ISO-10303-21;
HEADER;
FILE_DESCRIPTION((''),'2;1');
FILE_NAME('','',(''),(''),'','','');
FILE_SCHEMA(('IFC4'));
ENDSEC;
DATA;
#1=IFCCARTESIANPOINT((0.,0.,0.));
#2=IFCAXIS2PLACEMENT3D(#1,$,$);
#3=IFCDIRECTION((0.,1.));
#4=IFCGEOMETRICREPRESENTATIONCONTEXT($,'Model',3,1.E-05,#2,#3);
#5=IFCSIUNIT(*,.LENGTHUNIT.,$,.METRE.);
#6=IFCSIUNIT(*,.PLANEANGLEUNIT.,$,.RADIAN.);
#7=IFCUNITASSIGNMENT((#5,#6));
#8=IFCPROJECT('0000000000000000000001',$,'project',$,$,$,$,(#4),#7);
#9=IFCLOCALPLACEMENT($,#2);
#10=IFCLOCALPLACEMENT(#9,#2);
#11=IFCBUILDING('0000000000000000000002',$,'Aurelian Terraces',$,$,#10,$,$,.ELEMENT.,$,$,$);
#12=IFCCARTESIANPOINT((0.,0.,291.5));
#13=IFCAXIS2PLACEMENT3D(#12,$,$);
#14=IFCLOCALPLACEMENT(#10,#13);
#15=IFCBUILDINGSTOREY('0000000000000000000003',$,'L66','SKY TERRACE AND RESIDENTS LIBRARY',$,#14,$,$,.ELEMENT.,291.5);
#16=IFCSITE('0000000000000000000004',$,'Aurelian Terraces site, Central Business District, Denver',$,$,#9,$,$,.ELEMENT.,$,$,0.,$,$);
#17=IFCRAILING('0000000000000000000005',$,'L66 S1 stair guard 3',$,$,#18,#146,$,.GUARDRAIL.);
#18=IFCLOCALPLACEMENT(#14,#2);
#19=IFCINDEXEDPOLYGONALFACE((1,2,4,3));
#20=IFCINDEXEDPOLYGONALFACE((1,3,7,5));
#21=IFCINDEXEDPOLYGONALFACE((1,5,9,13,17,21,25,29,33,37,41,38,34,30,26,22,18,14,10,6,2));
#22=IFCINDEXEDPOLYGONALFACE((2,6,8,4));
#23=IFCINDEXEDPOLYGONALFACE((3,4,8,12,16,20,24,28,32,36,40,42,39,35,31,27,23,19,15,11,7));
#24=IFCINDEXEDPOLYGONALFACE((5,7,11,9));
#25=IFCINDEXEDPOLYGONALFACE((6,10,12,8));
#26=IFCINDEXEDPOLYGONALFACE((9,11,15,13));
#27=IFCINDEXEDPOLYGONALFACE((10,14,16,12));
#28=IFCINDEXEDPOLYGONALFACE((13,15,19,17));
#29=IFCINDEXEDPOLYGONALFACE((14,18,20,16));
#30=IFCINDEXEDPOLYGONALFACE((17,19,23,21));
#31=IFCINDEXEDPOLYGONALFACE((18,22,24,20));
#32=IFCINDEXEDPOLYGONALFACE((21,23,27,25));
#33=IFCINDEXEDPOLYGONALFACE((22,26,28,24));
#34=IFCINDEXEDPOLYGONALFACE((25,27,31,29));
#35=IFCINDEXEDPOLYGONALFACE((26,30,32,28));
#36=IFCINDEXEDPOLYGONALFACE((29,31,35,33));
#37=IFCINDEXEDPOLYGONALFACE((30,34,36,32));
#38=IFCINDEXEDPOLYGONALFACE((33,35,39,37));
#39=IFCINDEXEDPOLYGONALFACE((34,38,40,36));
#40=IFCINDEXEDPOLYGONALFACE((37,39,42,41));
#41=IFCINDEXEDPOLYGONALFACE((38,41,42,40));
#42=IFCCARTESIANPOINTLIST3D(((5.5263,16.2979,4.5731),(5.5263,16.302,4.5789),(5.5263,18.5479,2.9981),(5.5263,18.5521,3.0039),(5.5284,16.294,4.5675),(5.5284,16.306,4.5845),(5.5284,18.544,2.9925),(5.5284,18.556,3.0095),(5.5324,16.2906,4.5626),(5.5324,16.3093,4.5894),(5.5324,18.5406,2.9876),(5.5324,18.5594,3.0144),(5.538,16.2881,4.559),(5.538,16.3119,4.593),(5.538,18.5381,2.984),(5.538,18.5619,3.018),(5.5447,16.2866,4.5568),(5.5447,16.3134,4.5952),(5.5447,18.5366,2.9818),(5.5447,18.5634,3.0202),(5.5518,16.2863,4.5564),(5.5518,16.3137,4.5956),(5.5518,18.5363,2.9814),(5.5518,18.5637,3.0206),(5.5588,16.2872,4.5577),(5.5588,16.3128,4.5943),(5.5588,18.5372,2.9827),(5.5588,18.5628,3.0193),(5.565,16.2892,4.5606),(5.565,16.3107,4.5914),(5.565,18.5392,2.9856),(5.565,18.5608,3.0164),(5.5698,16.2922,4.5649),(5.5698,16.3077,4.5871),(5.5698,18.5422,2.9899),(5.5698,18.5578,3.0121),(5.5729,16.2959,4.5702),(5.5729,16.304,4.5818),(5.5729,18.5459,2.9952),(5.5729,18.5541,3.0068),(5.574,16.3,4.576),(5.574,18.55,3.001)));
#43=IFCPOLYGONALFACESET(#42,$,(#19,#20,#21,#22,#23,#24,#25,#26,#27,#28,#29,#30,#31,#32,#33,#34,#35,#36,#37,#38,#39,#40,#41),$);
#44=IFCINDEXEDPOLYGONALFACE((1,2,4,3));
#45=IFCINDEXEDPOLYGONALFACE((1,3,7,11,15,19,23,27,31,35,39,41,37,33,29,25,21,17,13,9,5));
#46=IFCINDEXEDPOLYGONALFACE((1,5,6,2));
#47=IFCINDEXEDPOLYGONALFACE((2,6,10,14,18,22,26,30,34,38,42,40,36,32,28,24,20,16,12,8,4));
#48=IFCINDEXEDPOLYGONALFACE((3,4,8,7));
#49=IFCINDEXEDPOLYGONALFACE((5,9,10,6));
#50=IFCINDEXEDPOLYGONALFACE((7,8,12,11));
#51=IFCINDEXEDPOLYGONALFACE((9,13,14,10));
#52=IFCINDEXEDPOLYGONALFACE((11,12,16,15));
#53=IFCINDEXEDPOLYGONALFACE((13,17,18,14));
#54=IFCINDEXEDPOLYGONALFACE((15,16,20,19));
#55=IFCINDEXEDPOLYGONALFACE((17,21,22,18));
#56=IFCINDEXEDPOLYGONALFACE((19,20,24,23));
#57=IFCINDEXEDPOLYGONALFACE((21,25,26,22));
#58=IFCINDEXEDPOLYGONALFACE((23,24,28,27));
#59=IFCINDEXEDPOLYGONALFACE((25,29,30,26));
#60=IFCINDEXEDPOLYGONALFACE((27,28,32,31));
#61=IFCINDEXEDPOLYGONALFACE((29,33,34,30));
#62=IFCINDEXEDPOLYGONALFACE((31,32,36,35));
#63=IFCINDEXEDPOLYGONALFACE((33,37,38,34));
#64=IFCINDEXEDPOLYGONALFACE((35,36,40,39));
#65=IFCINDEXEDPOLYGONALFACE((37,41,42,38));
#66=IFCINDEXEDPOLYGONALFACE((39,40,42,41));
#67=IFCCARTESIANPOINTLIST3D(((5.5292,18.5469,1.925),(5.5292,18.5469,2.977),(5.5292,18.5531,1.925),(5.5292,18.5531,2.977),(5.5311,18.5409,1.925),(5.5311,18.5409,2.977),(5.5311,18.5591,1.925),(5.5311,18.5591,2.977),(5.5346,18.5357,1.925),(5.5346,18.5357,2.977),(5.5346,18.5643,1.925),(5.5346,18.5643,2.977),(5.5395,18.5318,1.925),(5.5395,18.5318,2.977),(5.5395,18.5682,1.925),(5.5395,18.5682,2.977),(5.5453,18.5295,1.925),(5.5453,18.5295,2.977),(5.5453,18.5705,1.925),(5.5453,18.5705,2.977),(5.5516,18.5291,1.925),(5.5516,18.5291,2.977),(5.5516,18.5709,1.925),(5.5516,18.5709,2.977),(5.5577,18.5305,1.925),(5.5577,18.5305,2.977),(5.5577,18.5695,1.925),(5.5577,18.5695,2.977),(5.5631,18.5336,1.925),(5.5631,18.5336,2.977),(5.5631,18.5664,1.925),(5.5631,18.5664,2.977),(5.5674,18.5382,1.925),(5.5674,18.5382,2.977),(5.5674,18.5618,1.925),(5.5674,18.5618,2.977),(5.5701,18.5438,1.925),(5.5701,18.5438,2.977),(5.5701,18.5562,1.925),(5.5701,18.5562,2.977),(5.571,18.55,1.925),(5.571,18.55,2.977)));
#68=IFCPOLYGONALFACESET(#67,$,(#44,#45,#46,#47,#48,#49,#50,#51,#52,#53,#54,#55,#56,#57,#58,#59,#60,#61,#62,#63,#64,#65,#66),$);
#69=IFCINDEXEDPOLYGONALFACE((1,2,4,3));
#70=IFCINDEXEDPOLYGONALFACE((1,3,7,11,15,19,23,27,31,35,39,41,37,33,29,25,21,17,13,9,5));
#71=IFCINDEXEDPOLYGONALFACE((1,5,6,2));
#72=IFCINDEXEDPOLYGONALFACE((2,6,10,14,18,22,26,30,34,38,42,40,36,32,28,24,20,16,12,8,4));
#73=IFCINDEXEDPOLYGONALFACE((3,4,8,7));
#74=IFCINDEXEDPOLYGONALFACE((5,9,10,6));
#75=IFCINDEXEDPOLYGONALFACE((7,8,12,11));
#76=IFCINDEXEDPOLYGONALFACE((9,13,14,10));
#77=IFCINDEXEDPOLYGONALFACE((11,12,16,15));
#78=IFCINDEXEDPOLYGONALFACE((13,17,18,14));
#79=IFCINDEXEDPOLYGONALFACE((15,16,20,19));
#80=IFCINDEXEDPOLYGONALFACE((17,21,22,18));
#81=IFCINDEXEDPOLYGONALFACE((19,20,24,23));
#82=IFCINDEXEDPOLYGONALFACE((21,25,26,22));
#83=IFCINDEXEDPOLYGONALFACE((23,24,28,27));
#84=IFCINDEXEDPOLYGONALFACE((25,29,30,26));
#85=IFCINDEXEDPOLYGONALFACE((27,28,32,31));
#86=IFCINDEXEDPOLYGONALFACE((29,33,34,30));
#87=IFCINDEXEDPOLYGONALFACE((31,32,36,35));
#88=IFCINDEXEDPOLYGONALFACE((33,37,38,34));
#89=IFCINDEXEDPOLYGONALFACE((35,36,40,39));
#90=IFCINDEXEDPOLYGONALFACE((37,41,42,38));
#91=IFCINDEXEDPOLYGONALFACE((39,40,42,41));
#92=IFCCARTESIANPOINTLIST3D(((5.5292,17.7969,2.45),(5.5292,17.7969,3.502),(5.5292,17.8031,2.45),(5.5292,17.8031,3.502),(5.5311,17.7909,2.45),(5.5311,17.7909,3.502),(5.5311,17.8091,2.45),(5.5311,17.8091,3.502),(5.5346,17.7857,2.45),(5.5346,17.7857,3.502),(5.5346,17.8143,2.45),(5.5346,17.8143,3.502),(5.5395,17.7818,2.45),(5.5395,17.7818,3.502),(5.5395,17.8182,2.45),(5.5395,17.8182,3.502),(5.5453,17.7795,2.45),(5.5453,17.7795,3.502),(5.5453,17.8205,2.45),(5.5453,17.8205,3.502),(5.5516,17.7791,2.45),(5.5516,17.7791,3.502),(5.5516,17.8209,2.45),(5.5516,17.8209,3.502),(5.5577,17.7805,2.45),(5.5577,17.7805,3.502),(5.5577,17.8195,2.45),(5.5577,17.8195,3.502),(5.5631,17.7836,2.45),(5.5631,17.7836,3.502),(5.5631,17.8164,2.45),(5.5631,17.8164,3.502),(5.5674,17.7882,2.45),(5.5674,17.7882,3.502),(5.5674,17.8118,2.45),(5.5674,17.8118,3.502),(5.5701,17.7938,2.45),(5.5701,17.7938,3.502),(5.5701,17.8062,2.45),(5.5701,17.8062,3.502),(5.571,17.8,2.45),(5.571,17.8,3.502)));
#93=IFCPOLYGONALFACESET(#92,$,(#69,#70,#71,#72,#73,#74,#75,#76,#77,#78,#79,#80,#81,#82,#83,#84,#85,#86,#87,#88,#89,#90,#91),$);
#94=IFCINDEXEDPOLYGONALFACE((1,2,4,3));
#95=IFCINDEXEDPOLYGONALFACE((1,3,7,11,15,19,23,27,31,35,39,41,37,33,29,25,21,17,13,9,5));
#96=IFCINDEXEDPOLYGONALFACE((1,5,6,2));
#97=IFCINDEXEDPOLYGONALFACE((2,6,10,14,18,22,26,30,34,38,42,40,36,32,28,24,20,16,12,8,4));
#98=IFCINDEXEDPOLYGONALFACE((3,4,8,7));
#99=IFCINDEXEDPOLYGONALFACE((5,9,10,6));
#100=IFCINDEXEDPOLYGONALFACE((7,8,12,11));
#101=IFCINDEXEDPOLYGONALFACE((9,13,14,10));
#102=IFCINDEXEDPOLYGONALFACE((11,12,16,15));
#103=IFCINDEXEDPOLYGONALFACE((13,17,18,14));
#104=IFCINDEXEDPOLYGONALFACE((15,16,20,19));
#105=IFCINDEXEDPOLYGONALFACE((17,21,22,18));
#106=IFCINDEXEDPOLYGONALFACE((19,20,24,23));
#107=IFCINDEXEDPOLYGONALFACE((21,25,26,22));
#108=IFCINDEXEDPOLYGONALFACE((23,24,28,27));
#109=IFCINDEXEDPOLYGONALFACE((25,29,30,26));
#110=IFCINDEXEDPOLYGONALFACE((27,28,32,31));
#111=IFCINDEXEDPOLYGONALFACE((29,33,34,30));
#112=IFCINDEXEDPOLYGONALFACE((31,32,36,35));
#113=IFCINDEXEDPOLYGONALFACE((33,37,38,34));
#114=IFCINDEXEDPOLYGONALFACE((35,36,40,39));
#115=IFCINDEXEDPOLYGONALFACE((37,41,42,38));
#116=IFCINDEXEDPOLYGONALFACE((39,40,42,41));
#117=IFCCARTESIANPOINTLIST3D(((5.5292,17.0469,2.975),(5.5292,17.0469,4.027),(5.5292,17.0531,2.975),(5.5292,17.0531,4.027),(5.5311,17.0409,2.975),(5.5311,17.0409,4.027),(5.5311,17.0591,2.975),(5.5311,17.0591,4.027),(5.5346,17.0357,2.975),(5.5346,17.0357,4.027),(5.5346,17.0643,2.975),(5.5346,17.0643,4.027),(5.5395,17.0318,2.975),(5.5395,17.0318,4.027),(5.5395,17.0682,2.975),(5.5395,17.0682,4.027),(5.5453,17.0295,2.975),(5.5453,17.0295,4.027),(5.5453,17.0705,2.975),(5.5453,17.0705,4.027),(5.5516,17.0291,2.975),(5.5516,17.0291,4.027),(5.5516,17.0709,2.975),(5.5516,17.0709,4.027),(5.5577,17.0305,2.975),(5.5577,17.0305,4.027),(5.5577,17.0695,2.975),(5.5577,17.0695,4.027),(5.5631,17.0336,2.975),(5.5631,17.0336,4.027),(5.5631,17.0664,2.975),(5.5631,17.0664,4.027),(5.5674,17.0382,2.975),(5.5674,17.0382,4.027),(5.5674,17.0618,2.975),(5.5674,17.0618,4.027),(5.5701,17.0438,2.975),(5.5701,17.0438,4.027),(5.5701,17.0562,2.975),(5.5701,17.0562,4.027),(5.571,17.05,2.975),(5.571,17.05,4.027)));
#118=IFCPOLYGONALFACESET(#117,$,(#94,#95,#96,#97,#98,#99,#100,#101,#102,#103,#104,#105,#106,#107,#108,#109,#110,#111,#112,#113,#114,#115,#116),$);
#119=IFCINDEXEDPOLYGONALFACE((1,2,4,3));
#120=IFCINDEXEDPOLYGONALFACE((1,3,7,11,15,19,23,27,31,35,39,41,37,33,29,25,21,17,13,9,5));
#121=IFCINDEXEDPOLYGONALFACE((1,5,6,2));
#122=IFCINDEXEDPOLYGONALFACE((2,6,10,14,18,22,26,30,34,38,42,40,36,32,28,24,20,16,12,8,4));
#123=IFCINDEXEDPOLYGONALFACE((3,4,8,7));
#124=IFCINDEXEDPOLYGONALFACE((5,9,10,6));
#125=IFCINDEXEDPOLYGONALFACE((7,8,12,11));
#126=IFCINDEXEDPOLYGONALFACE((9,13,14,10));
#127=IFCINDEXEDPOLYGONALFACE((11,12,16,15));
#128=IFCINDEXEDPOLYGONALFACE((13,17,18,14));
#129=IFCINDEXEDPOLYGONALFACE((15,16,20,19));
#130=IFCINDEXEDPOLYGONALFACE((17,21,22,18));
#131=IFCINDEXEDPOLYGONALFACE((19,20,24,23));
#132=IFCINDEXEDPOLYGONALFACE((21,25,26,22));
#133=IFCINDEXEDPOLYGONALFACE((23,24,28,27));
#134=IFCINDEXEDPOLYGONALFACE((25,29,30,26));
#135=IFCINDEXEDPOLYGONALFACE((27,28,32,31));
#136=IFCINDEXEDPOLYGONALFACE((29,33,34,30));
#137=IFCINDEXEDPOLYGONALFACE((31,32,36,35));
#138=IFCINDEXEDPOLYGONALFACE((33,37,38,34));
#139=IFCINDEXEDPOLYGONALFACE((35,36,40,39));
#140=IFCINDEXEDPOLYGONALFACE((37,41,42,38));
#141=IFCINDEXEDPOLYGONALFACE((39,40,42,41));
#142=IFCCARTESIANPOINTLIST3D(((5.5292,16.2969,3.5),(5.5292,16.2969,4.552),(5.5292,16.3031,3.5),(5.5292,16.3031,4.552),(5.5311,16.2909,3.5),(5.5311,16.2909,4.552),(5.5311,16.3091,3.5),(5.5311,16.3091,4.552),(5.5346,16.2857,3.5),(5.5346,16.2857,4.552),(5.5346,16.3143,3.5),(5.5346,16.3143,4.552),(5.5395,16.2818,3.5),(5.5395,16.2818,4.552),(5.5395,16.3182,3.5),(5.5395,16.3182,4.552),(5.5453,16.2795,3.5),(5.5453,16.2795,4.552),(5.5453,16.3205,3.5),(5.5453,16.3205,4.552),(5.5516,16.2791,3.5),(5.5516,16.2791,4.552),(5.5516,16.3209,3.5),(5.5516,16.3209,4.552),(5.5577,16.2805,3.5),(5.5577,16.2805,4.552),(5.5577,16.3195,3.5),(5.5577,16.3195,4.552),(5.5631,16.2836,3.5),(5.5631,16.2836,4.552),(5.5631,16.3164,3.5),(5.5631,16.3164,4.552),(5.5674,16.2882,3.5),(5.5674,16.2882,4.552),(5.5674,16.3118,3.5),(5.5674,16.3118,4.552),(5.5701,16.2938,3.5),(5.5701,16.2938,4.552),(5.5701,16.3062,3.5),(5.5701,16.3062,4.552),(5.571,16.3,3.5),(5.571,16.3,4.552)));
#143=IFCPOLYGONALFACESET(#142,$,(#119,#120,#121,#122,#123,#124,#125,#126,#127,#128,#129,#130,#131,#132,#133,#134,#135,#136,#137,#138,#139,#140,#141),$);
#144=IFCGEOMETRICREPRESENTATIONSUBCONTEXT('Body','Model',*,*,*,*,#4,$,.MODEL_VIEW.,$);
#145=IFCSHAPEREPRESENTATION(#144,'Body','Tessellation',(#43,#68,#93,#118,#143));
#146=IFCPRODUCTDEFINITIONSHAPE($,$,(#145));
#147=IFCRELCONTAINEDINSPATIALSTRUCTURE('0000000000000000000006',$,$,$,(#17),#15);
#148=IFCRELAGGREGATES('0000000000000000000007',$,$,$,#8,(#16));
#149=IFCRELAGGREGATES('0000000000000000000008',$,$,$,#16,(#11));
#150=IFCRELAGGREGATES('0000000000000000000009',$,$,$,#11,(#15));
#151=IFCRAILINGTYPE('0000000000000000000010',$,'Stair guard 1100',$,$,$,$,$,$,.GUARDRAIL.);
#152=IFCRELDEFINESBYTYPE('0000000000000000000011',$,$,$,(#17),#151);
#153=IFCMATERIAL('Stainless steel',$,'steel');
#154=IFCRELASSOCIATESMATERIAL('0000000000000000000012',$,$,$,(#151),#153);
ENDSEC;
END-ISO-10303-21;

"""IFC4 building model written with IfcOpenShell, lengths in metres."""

from ifc_helpers import new_model, si_unit, direction, frame, origin, origin_2d, place, context, subcontext, project, spatial, circle, extrude, source, transform, mapped, material, type_object, element, save


model = new_model("IFC4")

# Units and contexts
model_context = context("Model", 3, precision=1e-05, world=origin(), true_north=direction((0.0, 1.0)))
body_context = subcontext(model_context, "Body", "Model", "MODEL_VIEW")
ifc_project = project(units=[si_unit("LENGTHUNIT", "METRE"), si_unit("PLANEANGLEUNIT", "RADIAN")], contexts=[model_context])

# Site, building, storey
site_placement = place(None, origin())
site = spatial("IfcSite", under=ifc_project, at=site_placement, Name="Aurelian Terraces site, Central Business District, Denver", CompositionType="ELEMENT", RefElevation=0.0)
building_placement = place(site_placement, origin())
building = spatial("IfcBuilding", under=site, at=building_placement, Name="Aurelian Terraces", CompositionType="ELEMENT")
storey_placement = place(building_placement, frame((0.0, 0.0, 291.5)))
storey = spatial("IfcBuildingStorey", under=building, at=storey_placement, Name="L66", Description="SKY TERRACE AND RESIDENTS LIBRARY", CompositionType="ELEMENT", Elevation=291.5)

# Railing
ifc_material_1 = material(Name="Stainless steel", Category="steel")
railing_type_1 = type_object("IfcRailingType", Name="Stair guard 1100", PredefinedType="GUARDRAIL", material=ifc_material_1)
shared_shape_1 = source(origin(), body_context, "Body", "SweptSolid", [
    extrude(circle(Radius=0.024, at=origin_2d()), frame((0.0, 0.0, 1.076), z_axis=(0.0, -0.819232, 0.573462), x_axis=(1.0, 0.0, 0.0)), (0.0, 0.0, 1.0), 2.7465),
    extrude(circle(Radius=0.021, at=origin_2d()), origin(), (0.0, 0.0, 1.0), 1.052),
    extrude(circle(Radius=0.021, at=origin_2d()), frame((0.0, -0.75, 0.525)), (0.0, 0.0, 1.0), 1.052),
    extrude(circle(Radius=0.021, at=origin_2d()), frame((0.0, -1.5, 1.05)), (0.0, 0.0, 1.0), 1.052),
    extrude(circle(Radius=0.021, at=origin_2d()), frame((0.0, -2.25, 1.575)), (0.0, 0.0, 1.0), 1.052),
])
railing_1_placement = place(storey_placement, frame((5.55, 18.55, 1.925)))
element("IfcRailing", 1, at=railing_1_placement, inside=storey, type_object=railing_type_1, Name="L66 S1 stair guard 3", PredefinedType="GUARDRAIL", context=body_context, shape_type="MappedRepresentation", body=[
    mapped(shared_shape_1, transform((0.0, 0.0, 0.0), scale=1.0)),
])

save(model, "model.ifc")
